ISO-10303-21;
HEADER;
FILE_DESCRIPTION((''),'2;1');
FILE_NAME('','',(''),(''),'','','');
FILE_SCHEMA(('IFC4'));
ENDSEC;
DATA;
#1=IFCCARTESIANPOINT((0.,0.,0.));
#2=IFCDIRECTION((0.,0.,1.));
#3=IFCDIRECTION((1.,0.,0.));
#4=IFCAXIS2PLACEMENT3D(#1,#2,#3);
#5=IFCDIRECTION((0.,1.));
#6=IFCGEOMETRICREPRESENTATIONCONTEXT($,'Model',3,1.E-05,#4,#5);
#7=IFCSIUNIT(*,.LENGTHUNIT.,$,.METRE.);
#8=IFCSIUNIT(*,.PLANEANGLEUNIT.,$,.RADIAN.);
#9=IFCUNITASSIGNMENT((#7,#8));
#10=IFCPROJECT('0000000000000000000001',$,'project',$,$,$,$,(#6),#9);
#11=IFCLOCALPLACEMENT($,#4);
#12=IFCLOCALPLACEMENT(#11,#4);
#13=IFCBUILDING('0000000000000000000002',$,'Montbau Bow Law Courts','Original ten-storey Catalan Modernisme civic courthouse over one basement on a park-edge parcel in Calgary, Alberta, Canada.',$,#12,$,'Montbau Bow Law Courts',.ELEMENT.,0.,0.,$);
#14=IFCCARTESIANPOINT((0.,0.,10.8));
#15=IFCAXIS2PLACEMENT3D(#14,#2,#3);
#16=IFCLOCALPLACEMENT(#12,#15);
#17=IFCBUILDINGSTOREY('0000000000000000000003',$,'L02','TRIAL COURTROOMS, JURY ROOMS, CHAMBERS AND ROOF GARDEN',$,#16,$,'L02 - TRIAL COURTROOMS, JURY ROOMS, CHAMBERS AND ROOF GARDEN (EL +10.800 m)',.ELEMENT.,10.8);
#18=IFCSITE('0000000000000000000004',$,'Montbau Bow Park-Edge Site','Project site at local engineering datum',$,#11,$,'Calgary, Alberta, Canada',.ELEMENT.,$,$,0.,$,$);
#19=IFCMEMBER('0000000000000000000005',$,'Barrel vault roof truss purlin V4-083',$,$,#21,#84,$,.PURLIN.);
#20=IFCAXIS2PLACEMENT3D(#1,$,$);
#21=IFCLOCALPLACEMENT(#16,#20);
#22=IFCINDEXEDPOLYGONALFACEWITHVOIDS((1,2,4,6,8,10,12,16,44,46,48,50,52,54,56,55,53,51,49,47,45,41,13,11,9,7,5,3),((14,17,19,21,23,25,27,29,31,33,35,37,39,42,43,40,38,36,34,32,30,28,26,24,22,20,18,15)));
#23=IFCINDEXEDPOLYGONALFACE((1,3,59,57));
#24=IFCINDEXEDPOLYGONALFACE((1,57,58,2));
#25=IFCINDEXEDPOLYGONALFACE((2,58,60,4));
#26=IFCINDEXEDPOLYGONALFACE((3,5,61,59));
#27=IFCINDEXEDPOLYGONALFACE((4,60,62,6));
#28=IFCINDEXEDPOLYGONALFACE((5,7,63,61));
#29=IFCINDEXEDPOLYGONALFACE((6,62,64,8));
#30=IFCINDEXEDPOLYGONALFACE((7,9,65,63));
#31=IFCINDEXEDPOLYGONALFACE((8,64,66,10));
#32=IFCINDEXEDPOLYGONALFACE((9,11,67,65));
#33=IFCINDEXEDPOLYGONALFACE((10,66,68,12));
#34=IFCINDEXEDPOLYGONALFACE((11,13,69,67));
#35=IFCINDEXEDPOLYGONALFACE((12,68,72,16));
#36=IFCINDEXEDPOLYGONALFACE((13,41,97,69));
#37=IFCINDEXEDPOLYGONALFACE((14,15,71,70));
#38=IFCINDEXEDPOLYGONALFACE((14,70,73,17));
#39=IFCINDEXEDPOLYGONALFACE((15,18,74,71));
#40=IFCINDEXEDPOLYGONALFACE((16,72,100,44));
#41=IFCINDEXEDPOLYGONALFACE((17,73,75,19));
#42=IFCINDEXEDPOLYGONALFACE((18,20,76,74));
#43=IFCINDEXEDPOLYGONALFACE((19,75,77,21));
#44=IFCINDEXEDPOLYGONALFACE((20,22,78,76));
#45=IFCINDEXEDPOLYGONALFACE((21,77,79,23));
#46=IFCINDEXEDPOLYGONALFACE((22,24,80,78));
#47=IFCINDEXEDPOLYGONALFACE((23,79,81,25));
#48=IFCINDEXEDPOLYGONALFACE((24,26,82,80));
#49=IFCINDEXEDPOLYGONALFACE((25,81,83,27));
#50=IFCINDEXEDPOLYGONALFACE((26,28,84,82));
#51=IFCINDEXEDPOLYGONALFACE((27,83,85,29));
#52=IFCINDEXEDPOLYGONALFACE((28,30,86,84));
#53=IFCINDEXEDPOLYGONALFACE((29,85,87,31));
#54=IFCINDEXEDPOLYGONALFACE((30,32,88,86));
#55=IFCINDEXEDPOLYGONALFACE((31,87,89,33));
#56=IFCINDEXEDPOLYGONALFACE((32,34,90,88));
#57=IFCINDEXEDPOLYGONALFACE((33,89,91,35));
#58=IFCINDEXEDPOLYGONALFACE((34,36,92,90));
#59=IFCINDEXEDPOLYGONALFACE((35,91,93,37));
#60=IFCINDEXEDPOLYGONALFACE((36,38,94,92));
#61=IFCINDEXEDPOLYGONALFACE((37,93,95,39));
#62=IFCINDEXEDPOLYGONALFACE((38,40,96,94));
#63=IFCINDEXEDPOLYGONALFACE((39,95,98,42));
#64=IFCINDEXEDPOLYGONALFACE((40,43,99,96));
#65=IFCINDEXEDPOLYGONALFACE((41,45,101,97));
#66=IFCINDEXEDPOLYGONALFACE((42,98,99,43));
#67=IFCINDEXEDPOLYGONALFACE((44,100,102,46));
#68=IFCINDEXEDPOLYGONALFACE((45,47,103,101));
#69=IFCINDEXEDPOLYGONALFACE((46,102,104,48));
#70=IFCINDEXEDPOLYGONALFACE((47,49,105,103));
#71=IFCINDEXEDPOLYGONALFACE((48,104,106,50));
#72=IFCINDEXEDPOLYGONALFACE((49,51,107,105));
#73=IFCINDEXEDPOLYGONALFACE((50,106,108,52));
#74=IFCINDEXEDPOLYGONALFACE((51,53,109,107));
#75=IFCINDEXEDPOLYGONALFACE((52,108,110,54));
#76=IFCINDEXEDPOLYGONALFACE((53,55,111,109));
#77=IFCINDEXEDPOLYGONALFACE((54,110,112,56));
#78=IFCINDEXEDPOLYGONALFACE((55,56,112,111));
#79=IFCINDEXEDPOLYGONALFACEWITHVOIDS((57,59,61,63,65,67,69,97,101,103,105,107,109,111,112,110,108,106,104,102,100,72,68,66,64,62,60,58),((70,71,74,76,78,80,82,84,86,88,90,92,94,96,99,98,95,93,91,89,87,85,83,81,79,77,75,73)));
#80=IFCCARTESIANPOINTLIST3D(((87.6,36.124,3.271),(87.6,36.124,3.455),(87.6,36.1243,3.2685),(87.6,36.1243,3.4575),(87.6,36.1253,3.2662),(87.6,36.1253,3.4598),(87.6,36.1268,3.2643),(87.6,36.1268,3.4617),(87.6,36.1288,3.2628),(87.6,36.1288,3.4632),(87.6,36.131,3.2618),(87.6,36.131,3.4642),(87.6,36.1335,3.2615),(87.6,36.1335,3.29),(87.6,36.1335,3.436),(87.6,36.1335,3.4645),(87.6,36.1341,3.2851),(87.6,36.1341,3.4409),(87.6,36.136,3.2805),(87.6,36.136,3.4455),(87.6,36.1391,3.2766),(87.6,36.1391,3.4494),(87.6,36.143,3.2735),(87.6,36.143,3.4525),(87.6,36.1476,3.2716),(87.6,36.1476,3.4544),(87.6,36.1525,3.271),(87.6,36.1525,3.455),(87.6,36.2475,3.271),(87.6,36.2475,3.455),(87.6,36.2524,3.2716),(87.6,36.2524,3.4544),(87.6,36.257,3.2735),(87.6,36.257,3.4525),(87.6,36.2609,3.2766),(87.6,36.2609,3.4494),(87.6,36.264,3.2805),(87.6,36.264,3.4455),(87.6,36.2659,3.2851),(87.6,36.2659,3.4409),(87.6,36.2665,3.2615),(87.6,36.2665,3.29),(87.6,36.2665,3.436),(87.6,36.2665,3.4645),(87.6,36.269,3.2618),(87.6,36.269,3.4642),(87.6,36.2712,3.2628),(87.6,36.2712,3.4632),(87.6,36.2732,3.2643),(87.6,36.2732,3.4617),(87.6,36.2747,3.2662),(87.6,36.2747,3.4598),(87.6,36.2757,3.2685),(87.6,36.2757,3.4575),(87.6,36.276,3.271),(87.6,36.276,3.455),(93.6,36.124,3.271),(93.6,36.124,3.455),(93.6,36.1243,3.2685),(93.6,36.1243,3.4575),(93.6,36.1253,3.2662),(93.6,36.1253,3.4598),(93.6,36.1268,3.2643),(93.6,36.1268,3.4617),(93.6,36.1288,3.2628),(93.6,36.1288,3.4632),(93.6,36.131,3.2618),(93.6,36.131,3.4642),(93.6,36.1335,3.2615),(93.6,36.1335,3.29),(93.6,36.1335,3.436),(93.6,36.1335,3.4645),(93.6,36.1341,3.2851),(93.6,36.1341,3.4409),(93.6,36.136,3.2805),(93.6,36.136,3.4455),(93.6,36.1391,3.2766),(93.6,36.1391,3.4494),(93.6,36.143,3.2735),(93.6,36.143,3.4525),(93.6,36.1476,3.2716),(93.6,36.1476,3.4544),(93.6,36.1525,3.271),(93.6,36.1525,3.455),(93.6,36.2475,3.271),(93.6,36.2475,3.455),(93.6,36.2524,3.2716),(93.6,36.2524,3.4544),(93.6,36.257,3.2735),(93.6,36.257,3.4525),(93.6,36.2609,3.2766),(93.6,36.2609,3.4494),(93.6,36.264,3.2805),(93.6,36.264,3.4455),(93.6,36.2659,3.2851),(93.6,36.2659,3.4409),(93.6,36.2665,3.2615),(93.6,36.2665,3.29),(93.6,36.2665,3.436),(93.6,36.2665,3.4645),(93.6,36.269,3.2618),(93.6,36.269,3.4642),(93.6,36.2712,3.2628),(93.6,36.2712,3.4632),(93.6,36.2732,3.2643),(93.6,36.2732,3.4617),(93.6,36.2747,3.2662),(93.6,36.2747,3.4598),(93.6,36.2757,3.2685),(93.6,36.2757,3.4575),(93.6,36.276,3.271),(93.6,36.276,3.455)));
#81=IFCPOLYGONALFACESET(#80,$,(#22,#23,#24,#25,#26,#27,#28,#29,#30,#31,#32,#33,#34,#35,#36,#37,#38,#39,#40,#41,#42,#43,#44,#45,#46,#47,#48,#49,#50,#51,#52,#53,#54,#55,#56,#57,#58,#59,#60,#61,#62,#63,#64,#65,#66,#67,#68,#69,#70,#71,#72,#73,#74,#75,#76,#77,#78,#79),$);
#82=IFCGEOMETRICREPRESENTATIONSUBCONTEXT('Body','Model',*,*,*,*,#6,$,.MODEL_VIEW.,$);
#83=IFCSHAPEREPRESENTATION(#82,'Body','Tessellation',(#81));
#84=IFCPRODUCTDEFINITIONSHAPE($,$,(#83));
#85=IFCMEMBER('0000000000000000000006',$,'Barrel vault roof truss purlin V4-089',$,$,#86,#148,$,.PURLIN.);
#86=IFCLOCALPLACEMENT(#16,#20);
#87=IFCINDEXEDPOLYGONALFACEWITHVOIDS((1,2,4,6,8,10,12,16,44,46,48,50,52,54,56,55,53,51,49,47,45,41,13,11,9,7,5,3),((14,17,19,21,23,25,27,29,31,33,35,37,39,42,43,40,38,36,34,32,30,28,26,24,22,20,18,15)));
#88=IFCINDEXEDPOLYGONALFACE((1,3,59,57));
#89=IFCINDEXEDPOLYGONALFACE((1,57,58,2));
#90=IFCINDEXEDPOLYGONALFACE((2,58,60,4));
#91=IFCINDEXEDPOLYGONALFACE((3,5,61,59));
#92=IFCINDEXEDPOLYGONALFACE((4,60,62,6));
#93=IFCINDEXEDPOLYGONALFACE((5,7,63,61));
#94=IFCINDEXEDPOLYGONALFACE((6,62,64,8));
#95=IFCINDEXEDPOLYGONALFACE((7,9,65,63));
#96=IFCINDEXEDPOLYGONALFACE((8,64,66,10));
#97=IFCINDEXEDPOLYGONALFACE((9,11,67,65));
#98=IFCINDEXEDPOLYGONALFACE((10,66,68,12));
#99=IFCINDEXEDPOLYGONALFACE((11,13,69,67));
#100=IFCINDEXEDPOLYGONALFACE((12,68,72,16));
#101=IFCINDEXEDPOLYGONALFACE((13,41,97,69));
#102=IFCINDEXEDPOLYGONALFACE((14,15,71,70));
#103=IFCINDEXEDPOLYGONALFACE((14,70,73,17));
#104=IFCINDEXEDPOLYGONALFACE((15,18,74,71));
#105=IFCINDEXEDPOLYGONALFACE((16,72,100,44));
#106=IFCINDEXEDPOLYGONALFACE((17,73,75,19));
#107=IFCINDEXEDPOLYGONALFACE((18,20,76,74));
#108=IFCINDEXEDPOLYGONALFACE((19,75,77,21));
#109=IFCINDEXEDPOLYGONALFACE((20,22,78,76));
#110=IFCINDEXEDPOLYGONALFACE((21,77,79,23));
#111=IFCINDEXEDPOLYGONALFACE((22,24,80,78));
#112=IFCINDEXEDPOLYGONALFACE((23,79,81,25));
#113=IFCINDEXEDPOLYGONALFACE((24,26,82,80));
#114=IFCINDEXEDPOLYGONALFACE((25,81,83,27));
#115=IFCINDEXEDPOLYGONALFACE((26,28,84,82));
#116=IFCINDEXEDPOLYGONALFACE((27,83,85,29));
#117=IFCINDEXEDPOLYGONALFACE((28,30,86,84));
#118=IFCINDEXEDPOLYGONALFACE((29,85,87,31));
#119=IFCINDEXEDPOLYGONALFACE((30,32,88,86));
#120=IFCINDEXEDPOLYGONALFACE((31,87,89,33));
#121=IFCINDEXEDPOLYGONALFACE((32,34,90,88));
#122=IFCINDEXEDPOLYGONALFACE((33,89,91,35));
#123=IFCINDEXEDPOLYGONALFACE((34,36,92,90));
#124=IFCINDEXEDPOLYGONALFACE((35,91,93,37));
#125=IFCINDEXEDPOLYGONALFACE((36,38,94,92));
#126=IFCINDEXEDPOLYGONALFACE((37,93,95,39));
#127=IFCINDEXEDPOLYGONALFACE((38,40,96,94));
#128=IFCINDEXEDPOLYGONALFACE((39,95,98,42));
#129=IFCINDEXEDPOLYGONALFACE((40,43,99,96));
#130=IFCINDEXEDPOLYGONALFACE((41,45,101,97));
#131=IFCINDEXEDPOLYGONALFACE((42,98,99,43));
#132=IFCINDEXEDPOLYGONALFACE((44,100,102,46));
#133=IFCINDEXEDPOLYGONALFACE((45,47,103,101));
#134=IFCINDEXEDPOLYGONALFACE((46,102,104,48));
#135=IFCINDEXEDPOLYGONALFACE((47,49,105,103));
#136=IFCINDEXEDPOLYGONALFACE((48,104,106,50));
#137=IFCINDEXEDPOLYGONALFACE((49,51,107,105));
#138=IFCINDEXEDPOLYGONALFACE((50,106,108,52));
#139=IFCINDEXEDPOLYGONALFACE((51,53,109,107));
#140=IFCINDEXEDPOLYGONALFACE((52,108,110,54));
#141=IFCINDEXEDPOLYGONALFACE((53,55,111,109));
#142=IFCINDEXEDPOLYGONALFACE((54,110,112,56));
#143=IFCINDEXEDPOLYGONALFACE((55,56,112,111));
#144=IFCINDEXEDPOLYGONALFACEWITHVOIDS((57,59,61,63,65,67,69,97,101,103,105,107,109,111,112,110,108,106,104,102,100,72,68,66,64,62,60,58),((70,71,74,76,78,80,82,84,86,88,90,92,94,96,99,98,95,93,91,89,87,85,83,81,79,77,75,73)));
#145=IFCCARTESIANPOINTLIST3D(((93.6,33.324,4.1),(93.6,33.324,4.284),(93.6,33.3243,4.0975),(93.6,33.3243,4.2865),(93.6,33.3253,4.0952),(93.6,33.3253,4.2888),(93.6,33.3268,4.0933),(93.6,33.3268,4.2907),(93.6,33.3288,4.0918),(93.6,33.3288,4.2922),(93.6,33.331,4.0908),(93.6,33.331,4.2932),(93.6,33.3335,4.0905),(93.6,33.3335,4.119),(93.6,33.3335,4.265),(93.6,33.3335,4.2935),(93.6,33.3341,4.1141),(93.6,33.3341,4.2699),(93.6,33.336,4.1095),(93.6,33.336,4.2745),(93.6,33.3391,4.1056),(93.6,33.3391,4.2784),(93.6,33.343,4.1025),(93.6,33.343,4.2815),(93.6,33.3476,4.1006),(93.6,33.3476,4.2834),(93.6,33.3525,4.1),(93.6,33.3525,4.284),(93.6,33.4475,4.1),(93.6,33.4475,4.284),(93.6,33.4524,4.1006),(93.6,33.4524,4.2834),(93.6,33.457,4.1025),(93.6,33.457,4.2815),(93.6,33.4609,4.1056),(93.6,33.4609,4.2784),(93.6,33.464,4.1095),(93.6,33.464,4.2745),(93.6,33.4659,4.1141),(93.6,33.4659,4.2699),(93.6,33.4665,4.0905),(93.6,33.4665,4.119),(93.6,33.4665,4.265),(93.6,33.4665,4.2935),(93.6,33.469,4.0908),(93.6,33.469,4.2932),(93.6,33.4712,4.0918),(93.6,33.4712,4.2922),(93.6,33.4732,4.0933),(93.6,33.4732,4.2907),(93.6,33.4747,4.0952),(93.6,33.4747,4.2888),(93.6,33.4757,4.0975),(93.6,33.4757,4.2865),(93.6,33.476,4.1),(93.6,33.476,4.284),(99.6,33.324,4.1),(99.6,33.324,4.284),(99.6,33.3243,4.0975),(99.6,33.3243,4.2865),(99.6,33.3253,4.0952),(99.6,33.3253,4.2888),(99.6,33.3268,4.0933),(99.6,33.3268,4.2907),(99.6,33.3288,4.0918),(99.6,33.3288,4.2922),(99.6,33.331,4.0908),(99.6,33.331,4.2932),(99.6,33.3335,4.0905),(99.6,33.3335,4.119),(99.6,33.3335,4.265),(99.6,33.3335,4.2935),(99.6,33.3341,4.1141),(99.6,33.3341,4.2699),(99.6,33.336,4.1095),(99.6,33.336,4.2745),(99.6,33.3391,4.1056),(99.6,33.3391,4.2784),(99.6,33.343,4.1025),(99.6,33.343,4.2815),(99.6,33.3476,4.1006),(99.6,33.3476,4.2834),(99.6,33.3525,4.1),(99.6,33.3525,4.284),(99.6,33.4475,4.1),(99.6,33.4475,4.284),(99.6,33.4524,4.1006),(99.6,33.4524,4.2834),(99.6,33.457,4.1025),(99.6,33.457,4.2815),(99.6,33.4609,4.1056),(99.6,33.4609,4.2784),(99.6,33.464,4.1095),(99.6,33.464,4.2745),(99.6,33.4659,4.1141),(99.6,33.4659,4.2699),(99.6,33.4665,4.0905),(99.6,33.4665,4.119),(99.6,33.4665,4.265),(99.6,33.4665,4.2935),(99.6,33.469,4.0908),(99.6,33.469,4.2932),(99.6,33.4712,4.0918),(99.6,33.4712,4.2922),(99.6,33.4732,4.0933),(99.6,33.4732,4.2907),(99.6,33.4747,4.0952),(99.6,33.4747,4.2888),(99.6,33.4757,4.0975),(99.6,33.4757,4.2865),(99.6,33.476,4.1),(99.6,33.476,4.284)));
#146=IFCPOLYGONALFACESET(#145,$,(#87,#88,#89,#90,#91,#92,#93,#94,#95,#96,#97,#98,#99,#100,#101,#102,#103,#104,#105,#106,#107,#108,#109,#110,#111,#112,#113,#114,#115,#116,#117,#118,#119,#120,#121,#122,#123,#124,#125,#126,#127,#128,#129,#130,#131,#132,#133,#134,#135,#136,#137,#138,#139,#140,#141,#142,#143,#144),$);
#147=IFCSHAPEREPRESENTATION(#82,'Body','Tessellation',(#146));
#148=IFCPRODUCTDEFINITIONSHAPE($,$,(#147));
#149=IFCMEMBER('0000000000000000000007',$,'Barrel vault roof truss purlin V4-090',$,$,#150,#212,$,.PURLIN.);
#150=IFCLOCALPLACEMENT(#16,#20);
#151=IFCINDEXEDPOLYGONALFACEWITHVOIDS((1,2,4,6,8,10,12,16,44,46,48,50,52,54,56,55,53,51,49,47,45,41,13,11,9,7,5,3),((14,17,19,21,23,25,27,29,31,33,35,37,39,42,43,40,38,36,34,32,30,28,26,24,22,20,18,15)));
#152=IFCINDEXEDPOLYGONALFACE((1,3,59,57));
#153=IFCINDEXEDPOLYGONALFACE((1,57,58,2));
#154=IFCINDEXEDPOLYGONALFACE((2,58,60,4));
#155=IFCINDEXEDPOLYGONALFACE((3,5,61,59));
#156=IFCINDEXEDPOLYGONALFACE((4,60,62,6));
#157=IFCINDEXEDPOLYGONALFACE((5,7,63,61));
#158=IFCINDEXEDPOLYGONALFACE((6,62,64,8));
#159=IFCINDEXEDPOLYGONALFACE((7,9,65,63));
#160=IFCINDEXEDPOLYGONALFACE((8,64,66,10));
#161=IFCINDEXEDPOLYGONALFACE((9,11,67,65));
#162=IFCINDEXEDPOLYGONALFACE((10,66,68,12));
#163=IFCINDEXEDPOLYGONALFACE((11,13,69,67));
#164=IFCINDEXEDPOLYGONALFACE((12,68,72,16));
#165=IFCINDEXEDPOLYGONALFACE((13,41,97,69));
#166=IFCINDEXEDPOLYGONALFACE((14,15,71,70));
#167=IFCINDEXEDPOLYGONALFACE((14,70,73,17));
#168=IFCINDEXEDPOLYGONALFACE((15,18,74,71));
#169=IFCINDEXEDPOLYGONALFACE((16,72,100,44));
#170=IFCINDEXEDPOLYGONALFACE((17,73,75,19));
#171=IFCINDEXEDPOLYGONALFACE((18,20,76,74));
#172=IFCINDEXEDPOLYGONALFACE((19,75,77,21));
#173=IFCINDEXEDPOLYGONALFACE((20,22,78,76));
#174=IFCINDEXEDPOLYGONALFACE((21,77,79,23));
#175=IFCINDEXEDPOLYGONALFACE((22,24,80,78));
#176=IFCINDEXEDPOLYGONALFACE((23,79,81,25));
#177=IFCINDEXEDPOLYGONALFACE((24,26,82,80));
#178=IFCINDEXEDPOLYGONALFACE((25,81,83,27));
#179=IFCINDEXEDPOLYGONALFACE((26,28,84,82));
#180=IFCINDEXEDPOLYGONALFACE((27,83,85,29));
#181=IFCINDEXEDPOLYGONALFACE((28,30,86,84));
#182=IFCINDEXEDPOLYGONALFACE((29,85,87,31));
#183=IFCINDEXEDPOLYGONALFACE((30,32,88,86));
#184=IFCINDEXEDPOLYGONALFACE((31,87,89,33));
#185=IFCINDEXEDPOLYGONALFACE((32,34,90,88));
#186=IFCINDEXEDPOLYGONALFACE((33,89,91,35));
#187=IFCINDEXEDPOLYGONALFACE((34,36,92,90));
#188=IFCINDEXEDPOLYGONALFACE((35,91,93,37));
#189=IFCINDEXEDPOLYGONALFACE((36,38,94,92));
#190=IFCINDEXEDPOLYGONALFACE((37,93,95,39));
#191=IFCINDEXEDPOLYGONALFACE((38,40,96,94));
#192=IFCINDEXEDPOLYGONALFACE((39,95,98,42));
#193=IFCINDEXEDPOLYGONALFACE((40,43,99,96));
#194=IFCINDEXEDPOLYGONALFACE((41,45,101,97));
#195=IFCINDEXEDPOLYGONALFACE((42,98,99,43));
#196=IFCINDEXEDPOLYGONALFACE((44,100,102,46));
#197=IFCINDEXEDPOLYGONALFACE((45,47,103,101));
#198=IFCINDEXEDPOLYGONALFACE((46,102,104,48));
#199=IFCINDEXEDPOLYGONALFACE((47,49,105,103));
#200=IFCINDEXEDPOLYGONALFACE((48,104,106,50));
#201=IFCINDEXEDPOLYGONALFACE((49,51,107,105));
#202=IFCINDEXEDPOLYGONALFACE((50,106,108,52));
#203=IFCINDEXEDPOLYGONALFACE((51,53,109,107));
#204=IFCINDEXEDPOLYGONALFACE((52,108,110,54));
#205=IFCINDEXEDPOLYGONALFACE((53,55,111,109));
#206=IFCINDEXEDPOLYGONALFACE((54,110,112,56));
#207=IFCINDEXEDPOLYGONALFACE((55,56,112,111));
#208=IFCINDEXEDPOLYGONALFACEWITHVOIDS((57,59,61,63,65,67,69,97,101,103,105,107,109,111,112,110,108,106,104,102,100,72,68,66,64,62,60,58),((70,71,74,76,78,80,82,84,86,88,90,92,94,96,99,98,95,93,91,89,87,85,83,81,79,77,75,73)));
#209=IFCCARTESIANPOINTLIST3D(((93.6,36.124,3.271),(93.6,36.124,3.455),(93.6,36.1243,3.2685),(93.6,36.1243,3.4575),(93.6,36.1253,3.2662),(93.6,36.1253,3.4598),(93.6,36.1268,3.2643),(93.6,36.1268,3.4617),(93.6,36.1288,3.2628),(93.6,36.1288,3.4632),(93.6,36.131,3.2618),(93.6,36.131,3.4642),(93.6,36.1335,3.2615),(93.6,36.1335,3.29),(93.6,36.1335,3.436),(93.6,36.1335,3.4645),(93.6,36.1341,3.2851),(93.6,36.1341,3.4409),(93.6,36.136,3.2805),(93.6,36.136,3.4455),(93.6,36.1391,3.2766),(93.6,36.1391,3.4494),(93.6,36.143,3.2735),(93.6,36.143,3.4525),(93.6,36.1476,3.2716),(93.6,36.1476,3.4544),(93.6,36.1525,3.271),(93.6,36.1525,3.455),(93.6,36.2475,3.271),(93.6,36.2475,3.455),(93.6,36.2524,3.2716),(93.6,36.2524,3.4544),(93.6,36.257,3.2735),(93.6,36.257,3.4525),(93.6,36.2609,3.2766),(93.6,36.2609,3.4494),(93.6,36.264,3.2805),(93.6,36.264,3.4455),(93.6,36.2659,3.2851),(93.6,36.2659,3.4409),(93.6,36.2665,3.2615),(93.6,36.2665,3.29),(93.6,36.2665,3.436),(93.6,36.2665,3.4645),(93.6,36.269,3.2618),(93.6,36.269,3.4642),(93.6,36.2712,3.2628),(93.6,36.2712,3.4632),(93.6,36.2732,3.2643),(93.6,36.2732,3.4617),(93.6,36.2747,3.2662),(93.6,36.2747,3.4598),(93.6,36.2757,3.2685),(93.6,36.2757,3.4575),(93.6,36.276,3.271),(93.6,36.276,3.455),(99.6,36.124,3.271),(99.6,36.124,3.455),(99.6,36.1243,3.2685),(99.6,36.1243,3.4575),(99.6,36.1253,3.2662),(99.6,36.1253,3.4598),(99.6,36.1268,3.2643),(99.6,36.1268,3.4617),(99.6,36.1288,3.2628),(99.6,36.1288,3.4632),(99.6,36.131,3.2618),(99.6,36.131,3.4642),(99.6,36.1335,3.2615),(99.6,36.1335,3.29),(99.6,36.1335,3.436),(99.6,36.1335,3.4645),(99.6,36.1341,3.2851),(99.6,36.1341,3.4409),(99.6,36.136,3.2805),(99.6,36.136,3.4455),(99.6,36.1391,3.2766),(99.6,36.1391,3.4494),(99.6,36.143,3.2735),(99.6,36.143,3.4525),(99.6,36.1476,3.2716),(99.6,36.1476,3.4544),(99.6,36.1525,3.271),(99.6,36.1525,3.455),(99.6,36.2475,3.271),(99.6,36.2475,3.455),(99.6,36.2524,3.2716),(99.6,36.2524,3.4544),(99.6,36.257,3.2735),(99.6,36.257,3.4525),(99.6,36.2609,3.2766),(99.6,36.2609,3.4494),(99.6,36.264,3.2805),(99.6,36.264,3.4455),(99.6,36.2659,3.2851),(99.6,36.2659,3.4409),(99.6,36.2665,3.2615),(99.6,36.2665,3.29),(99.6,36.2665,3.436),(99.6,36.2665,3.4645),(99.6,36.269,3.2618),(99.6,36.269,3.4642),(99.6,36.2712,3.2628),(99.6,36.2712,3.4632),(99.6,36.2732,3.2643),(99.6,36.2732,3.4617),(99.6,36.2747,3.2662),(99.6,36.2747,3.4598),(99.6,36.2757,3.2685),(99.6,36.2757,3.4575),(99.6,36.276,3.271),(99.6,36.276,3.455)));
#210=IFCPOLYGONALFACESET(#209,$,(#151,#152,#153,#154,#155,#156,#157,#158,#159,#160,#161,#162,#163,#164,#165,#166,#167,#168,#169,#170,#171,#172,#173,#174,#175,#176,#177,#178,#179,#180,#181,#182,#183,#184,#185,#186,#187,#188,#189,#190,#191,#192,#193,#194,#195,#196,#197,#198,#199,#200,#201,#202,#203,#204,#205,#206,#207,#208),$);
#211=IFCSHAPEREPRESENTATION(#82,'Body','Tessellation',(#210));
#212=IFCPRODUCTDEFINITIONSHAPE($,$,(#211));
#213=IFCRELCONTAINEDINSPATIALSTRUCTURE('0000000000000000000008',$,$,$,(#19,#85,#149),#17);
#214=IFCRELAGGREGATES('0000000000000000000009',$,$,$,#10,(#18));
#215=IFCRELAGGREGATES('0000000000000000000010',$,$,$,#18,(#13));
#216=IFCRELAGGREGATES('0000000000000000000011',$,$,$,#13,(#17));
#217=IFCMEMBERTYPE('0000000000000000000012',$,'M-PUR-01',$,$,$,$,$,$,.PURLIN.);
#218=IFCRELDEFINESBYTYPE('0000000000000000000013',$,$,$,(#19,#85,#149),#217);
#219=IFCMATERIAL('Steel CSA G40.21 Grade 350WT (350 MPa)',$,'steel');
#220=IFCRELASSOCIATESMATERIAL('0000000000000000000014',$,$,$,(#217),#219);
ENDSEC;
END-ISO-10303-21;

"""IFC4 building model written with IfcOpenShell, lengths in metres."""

from ifc_helpers import new_model, si_unit, direction, frame, origin_with_axes, origin_2d_with_axis, place, context, subcontext, project, spatial, hollow_rectangle, extrude, material, material_profile, profile_set, type_object, element, save


model = new_model("IFC4")

# Units and contexts
model_context = context("Model", 3, precision=1e-05, world=origin_with_axes(), true_north=direction((0.0, 1.0)))
body_context = subcontext(model_context, "Body", "Model", "MODEL_VIEW")
ifc_project = project(units=[si_unit("LENGTHUNIT", "METRE"), si_unit("PLANEANGLEUNIT", "RADIAN")], contexts=[model_context])

# Site, building, storey
site_placement = place(None, origin_with_axes())
site = spatial("IfcSite", under=ifc_project, at=site_placement, Name="Montbau Bow Park-Edge Site", Description="Project site at local engineering datum", LongName="Calgary, Alberta, Canada", CompositionType="ELEMENT", RefElevation=0.0)
building_placement = place(site_placement, origin_with_axes())
building = spatial("IfcBuilding", under=site, at=building_placement, Name="Montbau Bow Law Courts", Description="Original ten-storey Catalan Modernisme civic courthouse over one basement on a park-edge parcel in Calgary, Alberta, Canada.", LongName="Montbau Bow Law Courts", CompositionType="ELEMENT", ElevationOfRefHeight=0.0, ElevationOfTerrain=0.0)
storey_placement = place(building_placement, frame((0.0, 0.0, 10.8), z_axis=(0.0, 0.0, 1.0), x_axis=(1.0, 0.0, 0.0)))
storey = spatial("IfcBuildingStorey", under=building, at=storey_placement, Name="L02", Description="TRIAL COURTROOMS, JURY ROOMS, CHAMBERS AND ROOF GARDEN", LongName="L02 - TRIAL COURTROOMS, JURY ROOMS, CHAMBERS AND ROOF GARDEN (EL +10.800 m)", CompositionType="ELEMENT", Elevation=10.8)

# Shared definitions
ifc_material_1 = material(Name="Steel CSA G40.21 Grade 350WT (350 MPa)", Category="steel")

# Members
ifc_material_profile_1 = material_profile(ifc_material_1, hollow_rectangle(XDim=0.152, YDim=0.203, WallThickness=0.0095, InnerFilletRadius=0.019, OuterFilletRadius=0.0095, at=origin_2d_with_axis()), Name="HSS203X152X9.5", Category="Main", Priority=0)
ifc_profile_set_1 = profile_set([ifc_material_profile_1], Name="Steel CSA G40.21 Grade 350WT (350 MPa)")
member_type_1 = type_object("IfcMemberType", Name="M-PUR-01", PredefinedType="PURLIN", material=ifc_profile_set_1)
for number, where, z_axis, x_axis, name in (
    (1, (87.6, 36.2, 14.163), (1.0, 0.0, 0.0), (0.0, 1.0, 0.0), "Barrel vault roof truss purlin V4-083"),
    (2, (93.6, 33.4, 14.992), (1.0, 0.0, 0.0), (0.0, 1.0, 0.0), "Barrel vault roof truss purlin V4-089"),
    (3, (93.6, 36.2, 14.163), (1.0, 0.0, 0.0), (0.0, 1.0, 0.0), "Barrel vault roof truss purlin V4-090"),
):
    element("IfcMember", number, at=place(None, frame(where, z_axis=z_axis, x_axis=x_axis)), inside=storey, type_object=member_type_1, Name=name, PredefinedType="PURLIN", context=body_context, shape_type="SweptSolid", body=[
        extrude(hollow_rectangle(XDim=0.152, YDim=0.203, WallThickness=0.0095, InnerFilletRadius=0.019, OuterFilletRadius=0.0095, at=origin_2d_with_axis()), origin_with_axes(), (0.0, 0.0, 1.0), 6.0),
    ])

save(model, "model.ifc")
